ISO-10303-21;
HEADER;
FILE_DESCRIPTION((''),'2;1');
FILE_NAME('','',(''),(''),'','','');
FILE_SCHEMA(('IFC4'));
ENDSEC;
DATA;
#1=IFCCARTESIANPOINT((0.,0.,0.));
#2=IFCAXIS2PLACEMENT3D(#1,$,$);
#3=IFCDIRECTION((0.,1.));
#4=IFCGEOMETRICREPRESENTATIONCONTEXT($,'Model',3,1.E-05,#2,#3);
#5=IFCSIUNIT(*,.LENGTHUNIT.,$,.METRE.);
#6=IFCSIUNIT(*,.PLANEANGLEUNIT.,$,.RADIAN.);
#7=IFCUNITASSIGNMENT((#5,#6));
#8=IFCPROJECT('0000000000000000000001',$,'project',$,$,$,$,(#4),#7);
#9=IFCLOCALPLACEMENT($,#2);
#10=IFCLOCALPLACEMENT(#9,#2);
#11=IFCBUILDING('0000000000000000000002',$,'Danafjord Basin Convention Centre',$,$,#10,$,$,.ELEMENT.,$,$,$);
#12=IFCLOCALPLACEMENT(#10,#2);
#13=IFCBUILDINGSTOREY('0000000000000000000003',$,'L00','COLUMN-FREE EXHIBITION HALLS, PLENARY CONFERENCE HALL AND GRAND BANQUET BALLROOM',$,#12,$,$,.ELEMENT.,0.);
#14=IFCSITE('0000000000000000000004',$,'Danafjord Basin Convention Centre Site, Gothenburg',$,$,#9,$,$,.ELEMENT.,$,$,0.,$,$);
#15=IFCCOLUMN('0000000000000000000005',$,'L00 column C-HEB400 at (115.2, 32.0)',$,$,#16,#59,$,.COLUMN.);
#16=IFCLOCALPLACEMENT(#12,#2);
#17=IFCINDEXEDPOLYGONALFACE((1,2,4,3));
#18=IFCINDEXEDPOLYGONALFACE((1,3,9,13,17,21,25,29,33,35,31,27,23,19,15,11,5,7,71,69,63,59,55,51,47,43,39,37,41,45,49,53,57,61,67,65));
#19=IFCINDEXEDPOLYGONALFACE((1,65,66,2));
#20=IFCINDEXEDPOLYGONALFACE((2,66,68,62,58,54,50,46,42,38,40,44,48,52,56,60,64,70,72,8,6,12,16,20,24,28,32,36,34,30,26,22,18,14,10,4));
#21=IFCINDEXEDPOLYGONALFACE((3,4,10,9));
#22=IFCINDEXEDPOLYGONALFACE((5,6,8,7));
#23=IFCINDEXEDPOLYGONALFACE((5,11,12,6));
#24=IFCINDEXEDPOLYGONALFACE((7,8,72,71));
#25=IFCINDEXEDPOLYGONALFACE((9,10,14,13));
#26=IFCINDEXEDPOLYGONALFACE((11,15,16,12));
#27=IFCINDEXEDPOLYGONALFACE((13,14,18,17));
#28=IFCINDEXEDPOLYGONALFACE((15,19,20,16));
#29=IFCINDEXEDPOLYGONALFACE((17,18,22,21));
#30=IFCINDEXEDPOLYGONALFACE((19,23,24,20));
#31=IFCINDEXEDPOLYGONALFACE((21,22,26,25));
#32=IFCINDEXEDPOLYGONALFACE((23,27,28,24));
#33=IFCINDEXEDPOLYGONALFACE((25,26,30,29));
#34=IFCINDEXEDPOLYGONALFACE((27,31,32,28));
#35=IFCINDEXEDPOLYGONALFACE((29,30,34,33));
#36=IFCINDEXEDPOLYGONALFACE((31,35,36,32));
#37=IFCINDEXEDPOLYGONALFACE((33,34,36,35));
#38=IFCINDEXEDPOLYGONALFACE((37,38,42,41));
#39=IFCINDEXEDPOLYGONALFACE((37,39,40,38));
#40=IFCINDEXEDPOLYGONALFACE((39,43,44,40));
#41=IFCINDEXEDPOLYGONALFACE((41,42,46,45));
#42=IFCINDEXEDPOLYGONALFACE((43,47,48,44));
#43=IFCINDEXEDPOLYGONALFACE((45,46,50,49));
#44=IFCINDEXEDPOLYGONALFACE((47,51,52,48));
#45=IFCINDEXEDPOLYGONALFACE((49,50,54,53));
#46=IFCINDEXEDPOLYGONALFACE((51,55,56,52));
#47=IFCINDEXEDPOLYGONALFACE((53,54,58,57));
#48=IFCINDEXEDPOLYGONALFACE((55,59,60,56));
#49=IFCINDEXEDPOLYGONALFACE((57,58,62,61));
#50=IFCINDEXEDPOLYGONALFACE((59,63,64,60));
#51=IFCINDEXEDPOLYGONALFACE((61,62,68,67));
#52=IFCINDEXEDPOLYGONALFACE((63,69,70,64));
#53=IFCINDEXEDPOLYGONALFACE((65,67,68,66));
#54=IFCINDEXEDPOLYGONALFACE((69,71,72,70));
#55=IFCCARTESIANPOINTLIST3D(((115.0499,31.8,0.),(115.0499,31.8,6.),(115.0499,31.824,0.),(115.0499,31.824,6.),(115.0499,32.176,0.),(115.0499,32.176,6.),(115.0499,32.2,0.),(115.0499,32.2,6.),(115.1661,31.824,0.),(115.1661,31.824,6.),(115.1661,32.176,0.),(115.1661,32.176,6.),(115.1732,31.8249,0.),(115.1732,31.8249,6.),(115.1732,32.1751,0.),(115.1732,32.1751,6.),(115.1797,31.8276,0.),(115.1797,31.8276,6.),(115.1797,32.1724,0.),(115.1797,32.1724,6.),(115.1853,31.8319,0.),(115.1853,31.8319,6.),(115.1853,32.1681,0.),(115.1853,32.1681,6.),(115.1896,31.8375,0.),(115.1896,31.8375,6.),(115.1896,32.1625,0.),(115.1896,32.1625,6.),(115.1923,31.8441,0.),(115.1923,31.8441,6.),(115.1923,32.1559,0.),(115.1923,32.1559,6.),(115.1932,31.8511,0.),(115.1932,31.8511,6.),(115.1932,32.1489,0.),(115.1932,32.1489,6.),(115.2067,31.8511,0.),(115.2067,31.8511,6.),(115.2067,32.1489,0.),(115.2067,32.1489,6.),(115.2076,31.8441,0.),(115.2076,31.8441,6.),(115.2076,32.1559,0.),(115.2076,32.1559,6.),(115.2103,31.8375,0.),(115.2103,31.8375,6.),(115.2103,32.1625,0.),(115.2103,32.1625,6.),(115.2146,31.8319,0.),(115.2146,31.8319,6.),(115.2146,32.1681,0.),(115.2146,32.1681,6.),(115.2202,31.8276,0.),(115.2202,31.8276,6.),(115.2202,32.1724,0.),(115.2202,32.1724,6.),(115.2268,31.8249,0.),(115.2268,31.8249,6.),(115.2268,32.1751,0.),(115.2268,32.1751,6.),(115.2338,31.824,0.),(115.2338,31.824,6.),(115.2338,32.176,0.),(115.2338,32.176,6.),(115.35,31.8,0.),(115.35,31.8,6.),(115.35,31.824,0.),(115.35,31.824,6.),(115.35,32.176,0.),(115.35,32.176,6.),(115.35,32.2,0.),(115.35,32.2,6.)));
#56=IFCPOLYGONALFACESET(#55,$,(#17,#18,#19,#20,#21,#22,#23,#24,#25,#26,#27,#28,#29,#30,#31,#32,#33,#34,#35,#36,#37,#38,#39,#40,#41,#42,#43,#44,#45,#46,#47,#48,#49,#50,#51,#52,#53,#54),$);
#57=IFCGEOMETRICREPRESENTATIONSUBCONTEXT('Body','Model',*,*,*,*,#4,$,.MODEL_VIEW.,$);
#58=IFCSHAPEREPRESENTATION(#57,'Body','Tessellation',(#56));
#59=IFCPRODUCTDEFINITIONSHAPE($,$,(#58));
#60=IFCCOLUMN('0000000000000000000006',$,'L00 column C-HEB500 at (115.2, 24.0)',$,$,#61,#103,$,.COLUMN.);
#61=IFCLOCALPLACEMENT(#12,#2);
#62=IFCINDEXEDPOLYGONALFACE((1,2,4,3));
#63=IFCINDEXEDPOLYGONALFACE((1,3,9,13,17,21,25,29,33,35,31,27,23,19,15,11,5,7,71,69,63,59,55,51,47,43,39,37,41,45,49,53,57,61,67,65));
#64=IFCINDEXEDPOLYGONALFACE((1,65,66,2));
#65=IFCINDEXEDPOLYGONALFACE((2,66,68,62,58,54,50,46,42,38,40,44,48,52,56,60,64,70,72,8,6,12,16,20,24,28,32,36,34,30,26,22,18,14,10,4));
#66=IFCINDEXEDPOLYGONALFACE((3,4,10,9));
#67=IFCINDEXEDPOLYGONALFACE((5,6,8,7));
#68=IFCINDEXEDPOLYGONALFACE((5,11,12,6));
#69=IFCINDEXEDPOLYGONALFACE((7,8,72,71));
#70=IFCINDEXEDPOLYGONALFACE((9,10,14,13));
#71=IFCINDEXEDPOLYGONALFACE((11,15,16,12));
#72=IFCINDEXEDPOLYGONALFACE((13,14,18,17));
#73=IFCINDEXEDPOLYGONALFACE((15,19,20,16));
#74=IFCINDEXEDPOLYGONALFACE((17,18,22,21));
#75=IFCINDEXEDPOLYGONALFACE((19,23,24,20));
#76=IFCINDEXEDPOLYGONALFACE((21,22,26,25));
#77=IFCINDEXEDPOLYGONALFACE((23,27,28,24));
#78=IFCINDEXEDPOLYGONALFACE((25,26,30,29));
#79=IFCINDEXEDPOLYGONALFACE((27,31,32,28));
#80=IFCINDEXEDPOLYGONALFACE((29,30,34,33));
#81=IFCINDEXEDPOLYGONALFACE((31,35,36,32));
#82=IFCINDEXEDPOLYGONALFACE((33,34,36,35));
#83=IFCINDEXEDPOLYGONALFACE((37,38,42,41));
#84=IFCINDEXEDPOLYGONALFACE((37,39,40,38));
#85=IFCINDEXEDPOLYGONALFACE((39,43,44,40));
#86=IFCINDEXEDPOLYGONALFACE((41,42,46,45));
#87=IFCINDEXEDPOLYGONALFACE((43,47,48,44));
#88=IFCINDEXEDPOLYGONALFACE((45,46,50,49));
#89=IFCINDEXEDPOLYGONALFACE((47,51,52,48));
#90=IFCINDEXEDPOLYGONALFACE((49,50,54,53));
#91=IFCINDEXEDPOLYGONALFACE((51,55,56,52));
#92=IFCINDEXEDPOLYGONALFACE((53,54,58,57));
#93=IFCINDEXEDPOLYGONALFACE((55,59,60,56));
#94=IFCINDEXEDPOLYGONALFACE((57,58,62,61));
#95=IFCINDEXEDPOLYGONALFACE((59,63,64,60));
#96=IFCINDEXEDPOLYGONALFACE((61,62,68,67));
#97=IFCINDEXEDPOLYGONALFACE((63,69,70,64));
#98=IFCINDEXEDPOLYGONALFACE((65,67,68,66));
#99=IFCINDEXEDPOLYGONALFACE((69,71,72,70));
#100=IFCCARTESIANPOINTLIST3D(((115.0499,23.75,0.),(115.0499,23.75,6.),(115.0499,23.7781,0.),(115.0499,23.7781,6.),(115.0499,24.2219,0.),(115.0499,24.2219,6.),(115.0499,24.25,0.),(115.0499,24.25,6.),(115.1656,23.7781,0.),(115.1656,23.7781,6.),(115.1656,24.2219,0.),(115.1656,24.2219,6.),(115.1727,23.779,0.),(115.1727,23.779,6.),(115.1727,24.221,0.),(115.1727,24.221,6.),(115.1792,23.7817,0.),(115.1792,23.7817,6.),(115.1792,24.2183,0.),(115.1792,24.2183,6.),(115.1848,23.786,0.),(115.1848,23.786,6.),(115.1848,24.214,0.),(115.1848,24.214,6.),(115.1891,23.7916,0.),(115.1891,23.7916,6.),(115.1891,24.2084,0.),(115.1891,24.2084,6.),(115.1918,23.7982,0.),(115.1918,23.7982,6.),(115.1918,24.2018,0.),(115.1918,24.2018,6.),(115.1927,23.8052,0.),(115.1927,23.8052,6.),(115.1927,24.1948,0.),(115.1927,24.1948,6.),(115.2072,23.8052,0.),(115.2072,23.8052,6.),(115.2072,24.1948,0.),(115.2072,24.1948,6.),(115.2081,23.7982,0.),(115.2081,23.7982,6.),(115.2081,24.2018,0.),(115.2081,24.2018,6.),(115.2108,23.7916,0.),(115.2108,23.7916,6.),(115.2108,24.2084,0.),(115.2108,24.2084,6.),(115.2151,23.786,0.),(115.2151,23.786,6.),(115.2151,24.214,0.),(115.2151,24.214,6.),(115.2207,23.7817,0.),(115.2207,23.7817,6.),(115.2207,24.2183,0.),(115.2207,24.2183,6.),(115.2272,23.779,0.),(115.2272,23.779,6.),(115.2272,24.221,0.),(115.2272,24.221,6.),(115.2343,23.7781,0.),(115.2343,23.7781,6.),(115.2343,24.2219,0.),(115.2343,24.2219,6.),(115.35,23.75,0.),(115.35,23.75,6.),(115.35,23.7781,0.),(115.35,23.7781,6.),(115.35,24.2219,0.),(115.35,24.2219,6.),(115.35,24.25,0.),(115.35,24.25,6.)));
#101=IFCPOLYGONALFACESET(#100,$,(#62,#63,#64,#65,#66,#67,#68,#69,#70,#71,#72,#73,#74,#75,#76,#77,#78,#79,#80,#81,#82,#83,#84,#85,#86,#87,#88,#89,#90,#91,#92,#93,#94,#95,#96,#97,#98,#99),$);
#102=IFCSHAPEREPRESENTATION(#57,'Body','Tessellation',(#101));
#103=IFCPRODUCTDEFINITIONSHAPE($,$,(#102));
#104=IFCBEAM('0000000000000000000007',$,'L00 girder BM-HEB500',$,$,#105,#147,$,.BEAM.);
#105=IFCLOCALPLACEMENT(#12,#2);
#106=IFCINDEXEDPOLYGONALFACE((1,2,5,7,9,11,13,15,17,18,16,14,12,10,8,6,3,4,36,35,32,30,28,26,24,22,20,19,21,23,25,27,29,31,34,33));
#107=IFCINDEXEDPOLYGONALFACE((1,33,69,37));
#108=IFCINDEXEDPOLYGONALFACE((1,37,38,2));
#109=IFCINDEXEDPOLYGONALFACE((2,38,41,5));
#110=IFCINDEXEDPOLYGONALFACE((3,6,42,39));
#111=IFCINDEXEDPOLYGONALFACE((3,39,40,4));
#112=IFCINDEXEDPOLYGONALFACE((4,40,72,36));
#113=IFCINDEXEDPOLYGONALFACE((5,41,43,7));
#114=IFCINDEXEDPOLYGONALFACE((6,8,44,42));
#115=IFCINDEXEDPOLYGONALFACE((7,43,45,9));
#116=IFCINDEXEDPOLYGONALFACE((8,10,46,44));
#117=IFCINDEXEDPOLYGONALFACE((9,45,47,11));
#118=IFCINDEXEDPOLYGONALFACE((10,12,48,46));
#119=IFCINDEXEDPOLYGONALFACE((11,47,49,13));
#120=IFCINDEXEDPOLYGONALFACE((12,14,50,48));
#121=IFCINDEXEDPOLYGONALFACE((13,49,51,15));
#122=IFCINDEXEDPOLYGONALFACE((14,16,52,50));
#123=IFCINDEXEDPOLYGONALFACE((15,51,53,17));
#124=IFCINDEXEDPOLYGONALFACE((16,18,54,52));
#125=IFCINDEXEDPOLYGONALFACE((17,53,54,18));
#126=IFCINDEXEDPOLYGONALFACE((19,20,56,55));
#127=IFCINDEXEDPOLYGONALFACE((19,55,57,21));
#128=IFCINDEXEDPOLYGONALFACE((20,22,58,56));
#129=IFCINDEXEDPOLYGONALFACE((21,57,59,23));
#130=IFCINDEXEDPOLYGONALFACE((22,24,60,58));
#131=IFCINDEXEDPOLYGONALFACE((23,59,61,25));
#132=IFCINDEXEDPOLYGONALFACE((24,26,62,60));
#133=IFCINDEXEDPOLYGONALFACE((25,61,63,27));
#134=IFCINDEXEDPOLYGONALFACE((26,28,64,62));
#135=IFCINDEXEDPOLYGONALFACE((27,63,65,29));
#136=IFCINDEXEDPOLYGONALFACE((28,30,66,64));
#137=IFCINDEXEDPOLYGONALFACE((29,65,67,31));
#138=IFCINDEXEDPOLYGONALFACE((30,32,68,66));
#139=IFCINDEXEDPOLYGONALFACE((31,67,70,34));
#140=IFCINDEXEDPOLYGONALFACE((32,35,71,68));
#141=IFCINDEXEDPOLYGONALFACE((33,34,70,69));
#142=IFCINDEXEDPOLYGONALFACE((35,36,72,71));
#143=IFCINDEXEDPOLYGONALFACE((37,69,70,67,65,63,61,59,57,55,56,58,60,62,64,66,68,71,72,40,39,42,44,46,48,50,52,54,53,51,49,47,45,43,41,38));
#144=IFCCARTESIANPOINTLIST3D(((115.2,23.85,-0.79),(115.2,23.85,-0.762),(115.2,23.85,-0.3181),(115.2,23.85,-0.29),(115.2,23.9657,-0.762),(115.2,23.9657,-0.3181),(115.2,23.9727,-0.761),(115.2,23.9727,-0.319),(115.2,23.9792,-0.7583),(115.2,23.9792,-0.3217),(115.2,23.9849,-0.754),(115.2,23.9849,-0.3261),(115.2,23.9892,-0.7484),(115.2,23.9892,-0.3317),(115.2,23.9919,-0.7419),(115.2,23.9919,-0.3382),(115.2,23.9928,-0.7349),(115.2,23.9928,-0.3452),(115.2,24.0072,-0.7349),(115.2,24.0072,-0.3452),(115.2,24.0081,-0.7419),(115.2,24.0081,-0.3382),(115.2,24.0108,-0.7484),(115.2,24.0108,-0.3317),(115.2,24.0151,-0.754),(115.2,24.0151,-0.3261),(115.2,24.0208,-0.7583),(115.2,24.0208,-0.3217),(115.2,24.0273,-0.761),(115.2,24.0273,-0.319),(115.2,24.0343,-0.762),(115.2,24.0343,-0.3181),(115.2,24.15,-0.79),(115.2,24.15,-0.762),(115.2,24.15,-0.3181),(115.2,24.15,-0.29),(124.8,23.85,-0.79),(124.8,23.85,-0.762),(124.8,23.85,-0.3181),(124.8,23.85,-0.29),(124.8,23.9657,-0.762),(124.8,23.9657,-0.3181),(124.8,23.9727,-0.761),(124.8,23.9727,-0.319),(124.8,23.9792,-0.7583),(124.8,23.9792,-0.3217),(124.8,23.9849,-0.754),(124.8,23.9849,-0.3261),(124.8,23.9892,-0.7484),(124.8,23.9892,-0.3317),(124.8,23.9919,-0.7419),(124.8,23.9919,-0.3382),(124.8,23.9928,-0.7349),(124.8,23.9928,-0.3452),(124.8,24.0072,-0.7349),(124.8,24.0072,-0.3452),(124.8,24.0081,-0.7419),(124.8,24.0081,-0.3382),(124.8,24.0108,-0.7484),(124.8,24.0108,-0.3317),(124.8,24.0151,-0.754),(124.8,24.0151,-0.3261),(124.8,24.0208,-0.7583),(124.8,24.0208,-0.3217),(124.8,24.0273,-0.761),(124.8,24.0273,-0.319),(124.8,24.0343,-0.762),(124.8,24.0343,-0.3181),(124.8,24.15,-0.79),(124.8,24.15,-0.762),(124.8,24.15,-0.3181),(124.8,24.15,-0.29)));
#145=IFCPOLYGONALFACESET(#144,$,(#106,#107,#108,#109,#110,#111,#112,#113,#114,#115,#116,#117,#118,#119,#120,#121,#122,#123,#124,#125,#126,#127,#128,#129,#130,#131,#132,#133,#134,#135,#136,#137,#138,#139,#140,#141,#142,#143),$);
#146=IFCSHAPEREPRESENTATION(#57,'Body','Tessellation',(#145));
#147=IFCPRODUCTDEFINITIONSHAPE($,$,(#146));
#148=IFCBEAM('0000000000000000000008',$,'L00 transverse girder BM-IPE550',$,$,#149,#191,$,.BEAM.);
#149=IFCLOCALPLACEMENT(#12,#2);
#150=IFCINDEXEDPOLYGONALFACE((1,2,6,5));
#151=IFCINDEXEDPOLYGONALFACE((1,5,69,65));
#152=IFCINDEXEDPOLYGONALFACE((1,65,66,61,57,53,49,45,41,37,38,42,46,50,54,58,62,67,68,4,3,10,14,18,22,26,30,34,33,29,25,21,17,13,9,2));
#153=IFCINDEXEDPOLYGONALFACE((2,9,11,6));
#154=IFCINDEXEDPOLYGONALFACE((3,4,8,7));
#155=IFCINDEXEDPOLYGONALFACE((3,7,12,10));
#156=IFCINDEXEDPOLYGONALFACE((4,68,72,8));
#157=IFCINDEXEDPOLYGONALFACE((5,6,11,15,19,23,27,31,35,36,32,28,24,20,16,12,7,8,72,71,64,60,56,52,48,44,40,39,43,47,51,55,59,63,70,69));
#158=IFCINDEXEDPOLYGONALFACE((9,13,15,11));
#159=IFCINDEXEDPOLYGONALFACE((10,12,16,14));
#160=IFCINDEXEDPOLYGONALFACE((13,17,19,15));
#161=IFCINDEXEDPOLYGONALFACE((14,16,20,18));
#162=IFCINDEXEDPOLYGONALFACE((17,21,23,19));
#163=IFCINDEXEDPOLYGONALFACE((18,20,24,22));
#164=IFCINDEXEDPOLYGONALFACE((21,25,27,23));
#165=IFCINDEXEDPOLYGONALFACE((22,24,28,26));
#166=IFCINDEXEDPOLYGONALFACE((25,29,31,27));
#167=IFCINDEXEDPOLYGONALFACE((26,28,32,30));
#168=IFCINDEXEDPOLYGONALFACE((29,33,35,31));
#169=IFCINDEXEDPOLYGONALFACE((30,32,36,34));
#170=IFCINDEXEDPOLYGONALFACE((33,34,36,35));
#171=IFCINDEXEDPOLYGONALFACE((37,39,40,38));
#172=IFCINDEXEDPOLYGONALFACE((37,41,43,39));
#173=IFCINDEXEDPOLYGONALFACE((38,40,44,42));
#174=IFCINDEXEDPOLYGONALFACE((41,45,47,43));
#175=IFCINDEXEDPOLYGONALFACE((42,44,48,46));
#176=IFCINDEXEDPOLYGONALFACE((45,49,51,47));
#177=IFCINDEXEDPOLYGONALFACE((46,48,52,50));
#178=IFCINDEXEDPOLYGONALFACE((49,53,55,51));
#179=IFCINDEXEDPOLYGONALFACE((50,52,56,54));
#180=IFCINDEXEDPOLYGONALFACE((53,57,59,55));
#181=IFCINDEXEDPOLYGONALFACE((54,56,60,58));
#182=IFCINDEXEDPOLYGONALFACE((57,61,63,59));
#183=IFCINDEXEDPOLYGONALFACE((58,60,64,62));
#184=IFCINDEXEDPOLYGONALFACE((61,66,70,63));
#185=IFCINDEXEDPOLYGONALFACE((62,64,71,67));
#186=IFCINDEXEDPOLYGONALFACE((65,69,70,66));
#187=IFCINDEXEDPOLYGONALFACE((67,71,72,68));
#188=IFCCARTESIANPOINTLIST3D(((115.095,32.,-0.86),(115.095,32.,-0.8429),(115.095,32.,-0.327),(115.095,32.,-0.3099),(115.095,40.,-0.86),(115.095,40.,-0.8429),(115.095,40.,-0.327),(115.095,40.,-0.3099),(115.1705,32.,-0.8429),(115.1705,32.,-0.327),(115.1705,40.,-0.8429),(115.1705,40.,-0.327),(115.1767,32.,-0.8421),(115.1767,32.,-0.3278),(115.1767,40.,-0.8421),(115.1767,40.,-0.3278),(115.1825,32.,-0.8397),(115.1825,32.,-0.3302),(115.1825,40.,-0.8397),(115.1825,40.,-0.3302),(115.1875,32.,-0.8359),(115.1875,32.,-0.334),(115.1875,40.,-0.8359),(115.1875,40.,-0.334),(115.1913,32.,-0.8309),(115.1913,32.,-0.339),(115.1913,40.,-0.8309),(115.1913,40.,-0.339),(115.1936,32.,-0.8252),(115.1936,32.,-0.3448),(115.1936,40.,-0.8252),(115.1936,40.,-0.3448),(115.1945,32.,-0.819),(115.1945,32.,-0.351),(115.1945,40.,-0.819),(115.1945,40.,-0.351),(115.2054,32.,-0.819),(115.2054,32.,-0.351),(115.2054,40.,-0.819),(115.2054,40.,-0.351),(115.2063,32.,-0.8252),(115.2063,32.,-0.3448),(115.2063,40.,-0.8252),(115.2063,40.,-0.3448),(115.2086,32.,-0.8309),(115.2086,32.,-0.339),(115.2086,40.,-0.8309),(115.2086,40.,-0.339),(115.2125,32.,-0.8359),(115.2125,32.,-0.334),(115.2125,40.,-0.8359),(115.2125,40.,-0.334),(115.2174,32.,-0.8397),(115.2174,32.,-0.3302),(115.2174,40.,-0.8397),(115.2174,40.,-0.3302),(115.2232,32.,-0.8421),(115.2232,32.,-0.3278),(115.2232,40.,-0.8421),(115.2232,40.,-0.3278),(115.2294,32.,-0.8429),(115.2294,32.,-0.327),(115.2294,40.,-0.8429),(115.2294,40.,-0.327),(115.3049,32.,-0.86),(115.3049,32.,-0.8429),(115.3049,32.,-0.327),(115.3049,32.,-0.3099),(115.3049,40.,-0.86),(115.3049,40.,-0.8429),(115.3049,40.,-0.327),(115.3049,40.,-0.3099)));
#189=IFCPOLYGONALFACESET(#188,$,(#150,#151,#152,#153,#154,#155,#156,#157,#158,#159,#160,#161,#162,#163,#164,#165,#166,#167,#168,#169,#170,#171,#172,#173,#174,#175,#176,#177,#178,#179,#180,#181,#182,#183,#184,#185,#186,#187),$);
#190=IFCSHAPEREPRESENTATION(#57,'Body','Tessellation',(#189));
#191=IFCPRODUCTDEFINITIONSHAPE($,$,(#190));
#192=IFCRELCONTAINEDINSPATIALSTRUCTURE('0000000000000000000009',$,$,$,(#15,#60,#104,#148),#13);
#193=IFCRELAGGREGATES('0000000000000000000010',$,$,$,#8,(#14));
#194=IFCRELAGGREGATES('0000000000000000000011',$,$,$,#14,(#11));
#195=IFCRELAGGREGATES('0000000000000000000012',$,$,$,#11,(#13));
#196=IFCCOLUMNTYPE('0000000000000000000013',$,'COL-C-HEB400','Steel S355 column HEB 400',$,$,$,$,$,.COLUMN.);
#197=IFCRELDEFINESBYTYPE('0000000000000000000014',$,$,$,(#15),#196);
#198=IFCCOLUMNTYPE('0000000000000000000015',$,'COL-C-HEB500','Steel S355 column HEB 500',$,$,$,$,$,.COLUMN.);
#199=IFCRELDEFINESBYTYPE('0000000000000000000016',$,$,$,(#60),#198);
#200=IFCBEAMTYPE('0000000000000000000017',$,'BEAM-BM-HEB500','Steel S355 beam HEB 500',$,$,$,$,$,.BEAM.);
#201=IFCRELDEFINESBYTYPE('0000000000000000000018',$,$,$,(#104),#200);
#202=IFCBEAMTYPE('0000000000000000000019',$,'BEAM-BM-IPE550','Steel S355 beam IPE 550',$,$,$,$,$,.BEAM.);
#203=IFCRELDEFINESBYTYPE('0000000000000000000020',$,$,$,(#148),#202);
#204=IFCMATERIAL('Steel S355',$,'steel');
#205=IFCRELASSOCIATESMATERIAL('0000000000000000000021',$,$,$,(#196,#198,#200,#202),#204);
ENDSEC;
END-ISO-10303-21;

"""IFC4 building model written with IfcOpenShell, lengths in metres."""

from ifc_helpers import new_model, si_unit, direction, frame, origin, origin_2d, place, context, subcontext, project, spatial, i_section, extrude, material, material_profile, profile_set, type_object, element, save


model = new_model("IFC4")

# Units and contexts
model_context = context("Model", 3, precision=1e-05, world=origin(), true_north=direction((0.0, 1.0)))
body_context = subcontext(model_context, "Body", "Model", "MODEL_VIEW")
ifc_project = project(units=[si_unit("LENGTHUNIT", "METRE"), si_unit("PLANEANGLEUNIT", "RADIAN")], contexts=[model_context])

# Site, building, storey
site_placement = place(None, origin())
site = spatial("IfcSite", under=ifc_project, at=site_placement, Name="Danafjord Basin Convention Centre Site, Gothenburg", CompositionType="ELEMENT", RefElevation=0.0)
building_placement = place(site_placement, origin())
building = spatial("IfcBuilding", under=site, at=building_placement, Name="Danafjord Basin Convention Centre", CompositionType="ELEMENT")
storey_placement = place(building_placement, origin())
storey = spatial("IfcBuildingStorey", under=building, at=storey_placement, Name="L00", Description="COLUMN-FREE EXHIBITION HALLS, PLENARY CONFERENCE HALL AND GRAND BANQUET BALLROOM", CompositionType="ELEMENT", Elevation=0.0)

# Columns
ifc_material_1 = material(Name="Steel S355", Category="steel")
ifc_material_profile_1 = material_profile(ifc_material_1, i_section(OverallWidth=0.3, OverallDepth=0.3999, WebThickness=0.0134, FlangeThickness=0.0239, FilletRadius=0.0271, at=origin_2d()), Name="HEB 400")
ifc_profile_set_1 = profile_set([ifc_material_profile_1], Name="Steel S355")
column_type_1 = type_object("IfcColumnType", Name="COL-C-HEB400", Description="Steel S355 column HEB 400", PredefinedType="COLUMN", material=ifc_profile_set_1)
column_1_placement = place(storey_placement, frame((115.2, 32.0, 0.0), z_axis=(0.0, 0.0, 1.0), x_axis=(1.0, 0.0, 0.0)))
element("IfcColumn", 1, at=column_1_placement, inside=storey, type_object=column_type_1, Name="L00 column C-HEB400 at (115.2, 32.0)", PredefinedType="COLUMN", context=body_context, shape_type="SweptSolid", body=[
    extrude(i_section(OverallWidth=0.3, OverallDepth=0.3999, WebThickness=0.0134, FlangeThickness=0.0239, FilletRadius=0.0271, at=origin_2d()), origin(), (0.0, 0.0, 1.0), 6.0),
])
ifc_material_profile_2 = material_profile(ifc_material_1, i_section(OverallWidth=0.3, OverallDepth=0.5, WebThickness=0.0144, FlangeThickness=0.0281, FilletRadius=0.0271, at=origin_2d()), Name="HEB 500")
ifc_profile_set_2 = profile_set([ifc_material_profile_2], Name="Steel S355")
column_type_2 = type_object("IfcColumnType", Name="COL-C-HEB500", Description="Steel S355 column HEB 500", PredefinedType="COLUMN", material=ifc_profile_set_2)
column_2_placement = place(storey_placement, frame((115.2, 24.0, 0.0), z_axis=(0.0, 0.0, 1.0), x_axis=(1.0, 0.0, 0.0)))
element("IfcColumn", 2, at=column_2_placement, inside=storey, type_object=column_type_2, Name="L00 column C-HEB500 at (115.2, 24.0)", PredefinedType="COLUMN", context=body_context, shape_type="SweptSolid", body=[
    extrude(i_section(OverallWidth=0.3, OverallDepth=0.5, WebThickness=0.0144, FlangeThickness=0.0281, FilletRadius=0.0271, at=origin_2d()), origin(), (0.0, 0.0, 1.0), 6.0),
])

# Beams
ifc_material_profile_3 = material_profile(ifc_material_1, i_section(OverallWidth=0.3, OverallDepth=0.5, WebThickness=0.0144, FlangeThickness=0.0281, FilletRadius=0.0271, at=origin_2d()), Name="HEB 500")
ifc_profile_set_3 = profile_set([ifc_material_profile_3], Name="Steel S355")
beam_type_1 = type_object("IfcBeamType", Name="BEAM-BM-HEB500", Description="Steel S355 beam HEB 500", PredefinedType="BEAM", material=ifc_profile_set_3)
beam_1_placement = place(storey_placement, frame((115.2, 24.0, -0.54), z_axis=(1.0, 0.0, 0.0), x_axis=(0.0, 1.0, 0.0)))
element("IfcBeam", 3, at=beam_1_placement, inside=storey, type_object=beam_type_1, Name="L00 girder BM-HEB500", PredefinedType="BEAM", context=body_context, shape_type="SweptSolid", body=[
    extrude(i_section(OverallWidth=0.3, OverallDepth=0.5, WebThickness=0.0144, FlangeThickness=0.0281, FilletRadius=0.0271, at=origin_2d()), origin(), (0.0, 0.0, 1.0), 9.6001),
])
ifc_material_profile_4 = material_profile(ifc_material_1, i_section(OverallWidth=0.21, OverallDepth=0.55, WebThickness=0.011, FlangeThickness=0.0171, FilletRadius=0.0239, at=origin_2d()), Name="IPE 550")
ifc_profile_set_4 = profile_set([ifc_material_profile_4], Name="Steel S355")
beam_type_2 = type_object("IfcBeamType", Name="BEAM-BM-IPE550", Description="Steel S355 beam IPE 550", PredefinedType="BEAM", material=ifc_profile_set_4)
beam_2_placement = place(storey_placement, frame((115.2, 32.0, -0.585), z_axis=(0.0, 1.0, 0.0), x_axis=(-1.0, 0.0, 0.0)))
element("IfcBeam", 4, at=beam_2_placement, inside=storey, type_object=beam_type_2, Name="L00 transverse girder BM-IPE550", PredefinedType="BEAM", context=body_context, shape_type="SweptSolid", body=[
    extrude(i_section(OverallWidth=0.21, OverallDepth=0.55, WebThickness=0.011, FlangeThickness=0.0171, FilletRadius=0.0239, at=origin_2d()), origin(), (0.0, 0.0, 1.0), 8.0),
])

save(model, "model.ifc")
